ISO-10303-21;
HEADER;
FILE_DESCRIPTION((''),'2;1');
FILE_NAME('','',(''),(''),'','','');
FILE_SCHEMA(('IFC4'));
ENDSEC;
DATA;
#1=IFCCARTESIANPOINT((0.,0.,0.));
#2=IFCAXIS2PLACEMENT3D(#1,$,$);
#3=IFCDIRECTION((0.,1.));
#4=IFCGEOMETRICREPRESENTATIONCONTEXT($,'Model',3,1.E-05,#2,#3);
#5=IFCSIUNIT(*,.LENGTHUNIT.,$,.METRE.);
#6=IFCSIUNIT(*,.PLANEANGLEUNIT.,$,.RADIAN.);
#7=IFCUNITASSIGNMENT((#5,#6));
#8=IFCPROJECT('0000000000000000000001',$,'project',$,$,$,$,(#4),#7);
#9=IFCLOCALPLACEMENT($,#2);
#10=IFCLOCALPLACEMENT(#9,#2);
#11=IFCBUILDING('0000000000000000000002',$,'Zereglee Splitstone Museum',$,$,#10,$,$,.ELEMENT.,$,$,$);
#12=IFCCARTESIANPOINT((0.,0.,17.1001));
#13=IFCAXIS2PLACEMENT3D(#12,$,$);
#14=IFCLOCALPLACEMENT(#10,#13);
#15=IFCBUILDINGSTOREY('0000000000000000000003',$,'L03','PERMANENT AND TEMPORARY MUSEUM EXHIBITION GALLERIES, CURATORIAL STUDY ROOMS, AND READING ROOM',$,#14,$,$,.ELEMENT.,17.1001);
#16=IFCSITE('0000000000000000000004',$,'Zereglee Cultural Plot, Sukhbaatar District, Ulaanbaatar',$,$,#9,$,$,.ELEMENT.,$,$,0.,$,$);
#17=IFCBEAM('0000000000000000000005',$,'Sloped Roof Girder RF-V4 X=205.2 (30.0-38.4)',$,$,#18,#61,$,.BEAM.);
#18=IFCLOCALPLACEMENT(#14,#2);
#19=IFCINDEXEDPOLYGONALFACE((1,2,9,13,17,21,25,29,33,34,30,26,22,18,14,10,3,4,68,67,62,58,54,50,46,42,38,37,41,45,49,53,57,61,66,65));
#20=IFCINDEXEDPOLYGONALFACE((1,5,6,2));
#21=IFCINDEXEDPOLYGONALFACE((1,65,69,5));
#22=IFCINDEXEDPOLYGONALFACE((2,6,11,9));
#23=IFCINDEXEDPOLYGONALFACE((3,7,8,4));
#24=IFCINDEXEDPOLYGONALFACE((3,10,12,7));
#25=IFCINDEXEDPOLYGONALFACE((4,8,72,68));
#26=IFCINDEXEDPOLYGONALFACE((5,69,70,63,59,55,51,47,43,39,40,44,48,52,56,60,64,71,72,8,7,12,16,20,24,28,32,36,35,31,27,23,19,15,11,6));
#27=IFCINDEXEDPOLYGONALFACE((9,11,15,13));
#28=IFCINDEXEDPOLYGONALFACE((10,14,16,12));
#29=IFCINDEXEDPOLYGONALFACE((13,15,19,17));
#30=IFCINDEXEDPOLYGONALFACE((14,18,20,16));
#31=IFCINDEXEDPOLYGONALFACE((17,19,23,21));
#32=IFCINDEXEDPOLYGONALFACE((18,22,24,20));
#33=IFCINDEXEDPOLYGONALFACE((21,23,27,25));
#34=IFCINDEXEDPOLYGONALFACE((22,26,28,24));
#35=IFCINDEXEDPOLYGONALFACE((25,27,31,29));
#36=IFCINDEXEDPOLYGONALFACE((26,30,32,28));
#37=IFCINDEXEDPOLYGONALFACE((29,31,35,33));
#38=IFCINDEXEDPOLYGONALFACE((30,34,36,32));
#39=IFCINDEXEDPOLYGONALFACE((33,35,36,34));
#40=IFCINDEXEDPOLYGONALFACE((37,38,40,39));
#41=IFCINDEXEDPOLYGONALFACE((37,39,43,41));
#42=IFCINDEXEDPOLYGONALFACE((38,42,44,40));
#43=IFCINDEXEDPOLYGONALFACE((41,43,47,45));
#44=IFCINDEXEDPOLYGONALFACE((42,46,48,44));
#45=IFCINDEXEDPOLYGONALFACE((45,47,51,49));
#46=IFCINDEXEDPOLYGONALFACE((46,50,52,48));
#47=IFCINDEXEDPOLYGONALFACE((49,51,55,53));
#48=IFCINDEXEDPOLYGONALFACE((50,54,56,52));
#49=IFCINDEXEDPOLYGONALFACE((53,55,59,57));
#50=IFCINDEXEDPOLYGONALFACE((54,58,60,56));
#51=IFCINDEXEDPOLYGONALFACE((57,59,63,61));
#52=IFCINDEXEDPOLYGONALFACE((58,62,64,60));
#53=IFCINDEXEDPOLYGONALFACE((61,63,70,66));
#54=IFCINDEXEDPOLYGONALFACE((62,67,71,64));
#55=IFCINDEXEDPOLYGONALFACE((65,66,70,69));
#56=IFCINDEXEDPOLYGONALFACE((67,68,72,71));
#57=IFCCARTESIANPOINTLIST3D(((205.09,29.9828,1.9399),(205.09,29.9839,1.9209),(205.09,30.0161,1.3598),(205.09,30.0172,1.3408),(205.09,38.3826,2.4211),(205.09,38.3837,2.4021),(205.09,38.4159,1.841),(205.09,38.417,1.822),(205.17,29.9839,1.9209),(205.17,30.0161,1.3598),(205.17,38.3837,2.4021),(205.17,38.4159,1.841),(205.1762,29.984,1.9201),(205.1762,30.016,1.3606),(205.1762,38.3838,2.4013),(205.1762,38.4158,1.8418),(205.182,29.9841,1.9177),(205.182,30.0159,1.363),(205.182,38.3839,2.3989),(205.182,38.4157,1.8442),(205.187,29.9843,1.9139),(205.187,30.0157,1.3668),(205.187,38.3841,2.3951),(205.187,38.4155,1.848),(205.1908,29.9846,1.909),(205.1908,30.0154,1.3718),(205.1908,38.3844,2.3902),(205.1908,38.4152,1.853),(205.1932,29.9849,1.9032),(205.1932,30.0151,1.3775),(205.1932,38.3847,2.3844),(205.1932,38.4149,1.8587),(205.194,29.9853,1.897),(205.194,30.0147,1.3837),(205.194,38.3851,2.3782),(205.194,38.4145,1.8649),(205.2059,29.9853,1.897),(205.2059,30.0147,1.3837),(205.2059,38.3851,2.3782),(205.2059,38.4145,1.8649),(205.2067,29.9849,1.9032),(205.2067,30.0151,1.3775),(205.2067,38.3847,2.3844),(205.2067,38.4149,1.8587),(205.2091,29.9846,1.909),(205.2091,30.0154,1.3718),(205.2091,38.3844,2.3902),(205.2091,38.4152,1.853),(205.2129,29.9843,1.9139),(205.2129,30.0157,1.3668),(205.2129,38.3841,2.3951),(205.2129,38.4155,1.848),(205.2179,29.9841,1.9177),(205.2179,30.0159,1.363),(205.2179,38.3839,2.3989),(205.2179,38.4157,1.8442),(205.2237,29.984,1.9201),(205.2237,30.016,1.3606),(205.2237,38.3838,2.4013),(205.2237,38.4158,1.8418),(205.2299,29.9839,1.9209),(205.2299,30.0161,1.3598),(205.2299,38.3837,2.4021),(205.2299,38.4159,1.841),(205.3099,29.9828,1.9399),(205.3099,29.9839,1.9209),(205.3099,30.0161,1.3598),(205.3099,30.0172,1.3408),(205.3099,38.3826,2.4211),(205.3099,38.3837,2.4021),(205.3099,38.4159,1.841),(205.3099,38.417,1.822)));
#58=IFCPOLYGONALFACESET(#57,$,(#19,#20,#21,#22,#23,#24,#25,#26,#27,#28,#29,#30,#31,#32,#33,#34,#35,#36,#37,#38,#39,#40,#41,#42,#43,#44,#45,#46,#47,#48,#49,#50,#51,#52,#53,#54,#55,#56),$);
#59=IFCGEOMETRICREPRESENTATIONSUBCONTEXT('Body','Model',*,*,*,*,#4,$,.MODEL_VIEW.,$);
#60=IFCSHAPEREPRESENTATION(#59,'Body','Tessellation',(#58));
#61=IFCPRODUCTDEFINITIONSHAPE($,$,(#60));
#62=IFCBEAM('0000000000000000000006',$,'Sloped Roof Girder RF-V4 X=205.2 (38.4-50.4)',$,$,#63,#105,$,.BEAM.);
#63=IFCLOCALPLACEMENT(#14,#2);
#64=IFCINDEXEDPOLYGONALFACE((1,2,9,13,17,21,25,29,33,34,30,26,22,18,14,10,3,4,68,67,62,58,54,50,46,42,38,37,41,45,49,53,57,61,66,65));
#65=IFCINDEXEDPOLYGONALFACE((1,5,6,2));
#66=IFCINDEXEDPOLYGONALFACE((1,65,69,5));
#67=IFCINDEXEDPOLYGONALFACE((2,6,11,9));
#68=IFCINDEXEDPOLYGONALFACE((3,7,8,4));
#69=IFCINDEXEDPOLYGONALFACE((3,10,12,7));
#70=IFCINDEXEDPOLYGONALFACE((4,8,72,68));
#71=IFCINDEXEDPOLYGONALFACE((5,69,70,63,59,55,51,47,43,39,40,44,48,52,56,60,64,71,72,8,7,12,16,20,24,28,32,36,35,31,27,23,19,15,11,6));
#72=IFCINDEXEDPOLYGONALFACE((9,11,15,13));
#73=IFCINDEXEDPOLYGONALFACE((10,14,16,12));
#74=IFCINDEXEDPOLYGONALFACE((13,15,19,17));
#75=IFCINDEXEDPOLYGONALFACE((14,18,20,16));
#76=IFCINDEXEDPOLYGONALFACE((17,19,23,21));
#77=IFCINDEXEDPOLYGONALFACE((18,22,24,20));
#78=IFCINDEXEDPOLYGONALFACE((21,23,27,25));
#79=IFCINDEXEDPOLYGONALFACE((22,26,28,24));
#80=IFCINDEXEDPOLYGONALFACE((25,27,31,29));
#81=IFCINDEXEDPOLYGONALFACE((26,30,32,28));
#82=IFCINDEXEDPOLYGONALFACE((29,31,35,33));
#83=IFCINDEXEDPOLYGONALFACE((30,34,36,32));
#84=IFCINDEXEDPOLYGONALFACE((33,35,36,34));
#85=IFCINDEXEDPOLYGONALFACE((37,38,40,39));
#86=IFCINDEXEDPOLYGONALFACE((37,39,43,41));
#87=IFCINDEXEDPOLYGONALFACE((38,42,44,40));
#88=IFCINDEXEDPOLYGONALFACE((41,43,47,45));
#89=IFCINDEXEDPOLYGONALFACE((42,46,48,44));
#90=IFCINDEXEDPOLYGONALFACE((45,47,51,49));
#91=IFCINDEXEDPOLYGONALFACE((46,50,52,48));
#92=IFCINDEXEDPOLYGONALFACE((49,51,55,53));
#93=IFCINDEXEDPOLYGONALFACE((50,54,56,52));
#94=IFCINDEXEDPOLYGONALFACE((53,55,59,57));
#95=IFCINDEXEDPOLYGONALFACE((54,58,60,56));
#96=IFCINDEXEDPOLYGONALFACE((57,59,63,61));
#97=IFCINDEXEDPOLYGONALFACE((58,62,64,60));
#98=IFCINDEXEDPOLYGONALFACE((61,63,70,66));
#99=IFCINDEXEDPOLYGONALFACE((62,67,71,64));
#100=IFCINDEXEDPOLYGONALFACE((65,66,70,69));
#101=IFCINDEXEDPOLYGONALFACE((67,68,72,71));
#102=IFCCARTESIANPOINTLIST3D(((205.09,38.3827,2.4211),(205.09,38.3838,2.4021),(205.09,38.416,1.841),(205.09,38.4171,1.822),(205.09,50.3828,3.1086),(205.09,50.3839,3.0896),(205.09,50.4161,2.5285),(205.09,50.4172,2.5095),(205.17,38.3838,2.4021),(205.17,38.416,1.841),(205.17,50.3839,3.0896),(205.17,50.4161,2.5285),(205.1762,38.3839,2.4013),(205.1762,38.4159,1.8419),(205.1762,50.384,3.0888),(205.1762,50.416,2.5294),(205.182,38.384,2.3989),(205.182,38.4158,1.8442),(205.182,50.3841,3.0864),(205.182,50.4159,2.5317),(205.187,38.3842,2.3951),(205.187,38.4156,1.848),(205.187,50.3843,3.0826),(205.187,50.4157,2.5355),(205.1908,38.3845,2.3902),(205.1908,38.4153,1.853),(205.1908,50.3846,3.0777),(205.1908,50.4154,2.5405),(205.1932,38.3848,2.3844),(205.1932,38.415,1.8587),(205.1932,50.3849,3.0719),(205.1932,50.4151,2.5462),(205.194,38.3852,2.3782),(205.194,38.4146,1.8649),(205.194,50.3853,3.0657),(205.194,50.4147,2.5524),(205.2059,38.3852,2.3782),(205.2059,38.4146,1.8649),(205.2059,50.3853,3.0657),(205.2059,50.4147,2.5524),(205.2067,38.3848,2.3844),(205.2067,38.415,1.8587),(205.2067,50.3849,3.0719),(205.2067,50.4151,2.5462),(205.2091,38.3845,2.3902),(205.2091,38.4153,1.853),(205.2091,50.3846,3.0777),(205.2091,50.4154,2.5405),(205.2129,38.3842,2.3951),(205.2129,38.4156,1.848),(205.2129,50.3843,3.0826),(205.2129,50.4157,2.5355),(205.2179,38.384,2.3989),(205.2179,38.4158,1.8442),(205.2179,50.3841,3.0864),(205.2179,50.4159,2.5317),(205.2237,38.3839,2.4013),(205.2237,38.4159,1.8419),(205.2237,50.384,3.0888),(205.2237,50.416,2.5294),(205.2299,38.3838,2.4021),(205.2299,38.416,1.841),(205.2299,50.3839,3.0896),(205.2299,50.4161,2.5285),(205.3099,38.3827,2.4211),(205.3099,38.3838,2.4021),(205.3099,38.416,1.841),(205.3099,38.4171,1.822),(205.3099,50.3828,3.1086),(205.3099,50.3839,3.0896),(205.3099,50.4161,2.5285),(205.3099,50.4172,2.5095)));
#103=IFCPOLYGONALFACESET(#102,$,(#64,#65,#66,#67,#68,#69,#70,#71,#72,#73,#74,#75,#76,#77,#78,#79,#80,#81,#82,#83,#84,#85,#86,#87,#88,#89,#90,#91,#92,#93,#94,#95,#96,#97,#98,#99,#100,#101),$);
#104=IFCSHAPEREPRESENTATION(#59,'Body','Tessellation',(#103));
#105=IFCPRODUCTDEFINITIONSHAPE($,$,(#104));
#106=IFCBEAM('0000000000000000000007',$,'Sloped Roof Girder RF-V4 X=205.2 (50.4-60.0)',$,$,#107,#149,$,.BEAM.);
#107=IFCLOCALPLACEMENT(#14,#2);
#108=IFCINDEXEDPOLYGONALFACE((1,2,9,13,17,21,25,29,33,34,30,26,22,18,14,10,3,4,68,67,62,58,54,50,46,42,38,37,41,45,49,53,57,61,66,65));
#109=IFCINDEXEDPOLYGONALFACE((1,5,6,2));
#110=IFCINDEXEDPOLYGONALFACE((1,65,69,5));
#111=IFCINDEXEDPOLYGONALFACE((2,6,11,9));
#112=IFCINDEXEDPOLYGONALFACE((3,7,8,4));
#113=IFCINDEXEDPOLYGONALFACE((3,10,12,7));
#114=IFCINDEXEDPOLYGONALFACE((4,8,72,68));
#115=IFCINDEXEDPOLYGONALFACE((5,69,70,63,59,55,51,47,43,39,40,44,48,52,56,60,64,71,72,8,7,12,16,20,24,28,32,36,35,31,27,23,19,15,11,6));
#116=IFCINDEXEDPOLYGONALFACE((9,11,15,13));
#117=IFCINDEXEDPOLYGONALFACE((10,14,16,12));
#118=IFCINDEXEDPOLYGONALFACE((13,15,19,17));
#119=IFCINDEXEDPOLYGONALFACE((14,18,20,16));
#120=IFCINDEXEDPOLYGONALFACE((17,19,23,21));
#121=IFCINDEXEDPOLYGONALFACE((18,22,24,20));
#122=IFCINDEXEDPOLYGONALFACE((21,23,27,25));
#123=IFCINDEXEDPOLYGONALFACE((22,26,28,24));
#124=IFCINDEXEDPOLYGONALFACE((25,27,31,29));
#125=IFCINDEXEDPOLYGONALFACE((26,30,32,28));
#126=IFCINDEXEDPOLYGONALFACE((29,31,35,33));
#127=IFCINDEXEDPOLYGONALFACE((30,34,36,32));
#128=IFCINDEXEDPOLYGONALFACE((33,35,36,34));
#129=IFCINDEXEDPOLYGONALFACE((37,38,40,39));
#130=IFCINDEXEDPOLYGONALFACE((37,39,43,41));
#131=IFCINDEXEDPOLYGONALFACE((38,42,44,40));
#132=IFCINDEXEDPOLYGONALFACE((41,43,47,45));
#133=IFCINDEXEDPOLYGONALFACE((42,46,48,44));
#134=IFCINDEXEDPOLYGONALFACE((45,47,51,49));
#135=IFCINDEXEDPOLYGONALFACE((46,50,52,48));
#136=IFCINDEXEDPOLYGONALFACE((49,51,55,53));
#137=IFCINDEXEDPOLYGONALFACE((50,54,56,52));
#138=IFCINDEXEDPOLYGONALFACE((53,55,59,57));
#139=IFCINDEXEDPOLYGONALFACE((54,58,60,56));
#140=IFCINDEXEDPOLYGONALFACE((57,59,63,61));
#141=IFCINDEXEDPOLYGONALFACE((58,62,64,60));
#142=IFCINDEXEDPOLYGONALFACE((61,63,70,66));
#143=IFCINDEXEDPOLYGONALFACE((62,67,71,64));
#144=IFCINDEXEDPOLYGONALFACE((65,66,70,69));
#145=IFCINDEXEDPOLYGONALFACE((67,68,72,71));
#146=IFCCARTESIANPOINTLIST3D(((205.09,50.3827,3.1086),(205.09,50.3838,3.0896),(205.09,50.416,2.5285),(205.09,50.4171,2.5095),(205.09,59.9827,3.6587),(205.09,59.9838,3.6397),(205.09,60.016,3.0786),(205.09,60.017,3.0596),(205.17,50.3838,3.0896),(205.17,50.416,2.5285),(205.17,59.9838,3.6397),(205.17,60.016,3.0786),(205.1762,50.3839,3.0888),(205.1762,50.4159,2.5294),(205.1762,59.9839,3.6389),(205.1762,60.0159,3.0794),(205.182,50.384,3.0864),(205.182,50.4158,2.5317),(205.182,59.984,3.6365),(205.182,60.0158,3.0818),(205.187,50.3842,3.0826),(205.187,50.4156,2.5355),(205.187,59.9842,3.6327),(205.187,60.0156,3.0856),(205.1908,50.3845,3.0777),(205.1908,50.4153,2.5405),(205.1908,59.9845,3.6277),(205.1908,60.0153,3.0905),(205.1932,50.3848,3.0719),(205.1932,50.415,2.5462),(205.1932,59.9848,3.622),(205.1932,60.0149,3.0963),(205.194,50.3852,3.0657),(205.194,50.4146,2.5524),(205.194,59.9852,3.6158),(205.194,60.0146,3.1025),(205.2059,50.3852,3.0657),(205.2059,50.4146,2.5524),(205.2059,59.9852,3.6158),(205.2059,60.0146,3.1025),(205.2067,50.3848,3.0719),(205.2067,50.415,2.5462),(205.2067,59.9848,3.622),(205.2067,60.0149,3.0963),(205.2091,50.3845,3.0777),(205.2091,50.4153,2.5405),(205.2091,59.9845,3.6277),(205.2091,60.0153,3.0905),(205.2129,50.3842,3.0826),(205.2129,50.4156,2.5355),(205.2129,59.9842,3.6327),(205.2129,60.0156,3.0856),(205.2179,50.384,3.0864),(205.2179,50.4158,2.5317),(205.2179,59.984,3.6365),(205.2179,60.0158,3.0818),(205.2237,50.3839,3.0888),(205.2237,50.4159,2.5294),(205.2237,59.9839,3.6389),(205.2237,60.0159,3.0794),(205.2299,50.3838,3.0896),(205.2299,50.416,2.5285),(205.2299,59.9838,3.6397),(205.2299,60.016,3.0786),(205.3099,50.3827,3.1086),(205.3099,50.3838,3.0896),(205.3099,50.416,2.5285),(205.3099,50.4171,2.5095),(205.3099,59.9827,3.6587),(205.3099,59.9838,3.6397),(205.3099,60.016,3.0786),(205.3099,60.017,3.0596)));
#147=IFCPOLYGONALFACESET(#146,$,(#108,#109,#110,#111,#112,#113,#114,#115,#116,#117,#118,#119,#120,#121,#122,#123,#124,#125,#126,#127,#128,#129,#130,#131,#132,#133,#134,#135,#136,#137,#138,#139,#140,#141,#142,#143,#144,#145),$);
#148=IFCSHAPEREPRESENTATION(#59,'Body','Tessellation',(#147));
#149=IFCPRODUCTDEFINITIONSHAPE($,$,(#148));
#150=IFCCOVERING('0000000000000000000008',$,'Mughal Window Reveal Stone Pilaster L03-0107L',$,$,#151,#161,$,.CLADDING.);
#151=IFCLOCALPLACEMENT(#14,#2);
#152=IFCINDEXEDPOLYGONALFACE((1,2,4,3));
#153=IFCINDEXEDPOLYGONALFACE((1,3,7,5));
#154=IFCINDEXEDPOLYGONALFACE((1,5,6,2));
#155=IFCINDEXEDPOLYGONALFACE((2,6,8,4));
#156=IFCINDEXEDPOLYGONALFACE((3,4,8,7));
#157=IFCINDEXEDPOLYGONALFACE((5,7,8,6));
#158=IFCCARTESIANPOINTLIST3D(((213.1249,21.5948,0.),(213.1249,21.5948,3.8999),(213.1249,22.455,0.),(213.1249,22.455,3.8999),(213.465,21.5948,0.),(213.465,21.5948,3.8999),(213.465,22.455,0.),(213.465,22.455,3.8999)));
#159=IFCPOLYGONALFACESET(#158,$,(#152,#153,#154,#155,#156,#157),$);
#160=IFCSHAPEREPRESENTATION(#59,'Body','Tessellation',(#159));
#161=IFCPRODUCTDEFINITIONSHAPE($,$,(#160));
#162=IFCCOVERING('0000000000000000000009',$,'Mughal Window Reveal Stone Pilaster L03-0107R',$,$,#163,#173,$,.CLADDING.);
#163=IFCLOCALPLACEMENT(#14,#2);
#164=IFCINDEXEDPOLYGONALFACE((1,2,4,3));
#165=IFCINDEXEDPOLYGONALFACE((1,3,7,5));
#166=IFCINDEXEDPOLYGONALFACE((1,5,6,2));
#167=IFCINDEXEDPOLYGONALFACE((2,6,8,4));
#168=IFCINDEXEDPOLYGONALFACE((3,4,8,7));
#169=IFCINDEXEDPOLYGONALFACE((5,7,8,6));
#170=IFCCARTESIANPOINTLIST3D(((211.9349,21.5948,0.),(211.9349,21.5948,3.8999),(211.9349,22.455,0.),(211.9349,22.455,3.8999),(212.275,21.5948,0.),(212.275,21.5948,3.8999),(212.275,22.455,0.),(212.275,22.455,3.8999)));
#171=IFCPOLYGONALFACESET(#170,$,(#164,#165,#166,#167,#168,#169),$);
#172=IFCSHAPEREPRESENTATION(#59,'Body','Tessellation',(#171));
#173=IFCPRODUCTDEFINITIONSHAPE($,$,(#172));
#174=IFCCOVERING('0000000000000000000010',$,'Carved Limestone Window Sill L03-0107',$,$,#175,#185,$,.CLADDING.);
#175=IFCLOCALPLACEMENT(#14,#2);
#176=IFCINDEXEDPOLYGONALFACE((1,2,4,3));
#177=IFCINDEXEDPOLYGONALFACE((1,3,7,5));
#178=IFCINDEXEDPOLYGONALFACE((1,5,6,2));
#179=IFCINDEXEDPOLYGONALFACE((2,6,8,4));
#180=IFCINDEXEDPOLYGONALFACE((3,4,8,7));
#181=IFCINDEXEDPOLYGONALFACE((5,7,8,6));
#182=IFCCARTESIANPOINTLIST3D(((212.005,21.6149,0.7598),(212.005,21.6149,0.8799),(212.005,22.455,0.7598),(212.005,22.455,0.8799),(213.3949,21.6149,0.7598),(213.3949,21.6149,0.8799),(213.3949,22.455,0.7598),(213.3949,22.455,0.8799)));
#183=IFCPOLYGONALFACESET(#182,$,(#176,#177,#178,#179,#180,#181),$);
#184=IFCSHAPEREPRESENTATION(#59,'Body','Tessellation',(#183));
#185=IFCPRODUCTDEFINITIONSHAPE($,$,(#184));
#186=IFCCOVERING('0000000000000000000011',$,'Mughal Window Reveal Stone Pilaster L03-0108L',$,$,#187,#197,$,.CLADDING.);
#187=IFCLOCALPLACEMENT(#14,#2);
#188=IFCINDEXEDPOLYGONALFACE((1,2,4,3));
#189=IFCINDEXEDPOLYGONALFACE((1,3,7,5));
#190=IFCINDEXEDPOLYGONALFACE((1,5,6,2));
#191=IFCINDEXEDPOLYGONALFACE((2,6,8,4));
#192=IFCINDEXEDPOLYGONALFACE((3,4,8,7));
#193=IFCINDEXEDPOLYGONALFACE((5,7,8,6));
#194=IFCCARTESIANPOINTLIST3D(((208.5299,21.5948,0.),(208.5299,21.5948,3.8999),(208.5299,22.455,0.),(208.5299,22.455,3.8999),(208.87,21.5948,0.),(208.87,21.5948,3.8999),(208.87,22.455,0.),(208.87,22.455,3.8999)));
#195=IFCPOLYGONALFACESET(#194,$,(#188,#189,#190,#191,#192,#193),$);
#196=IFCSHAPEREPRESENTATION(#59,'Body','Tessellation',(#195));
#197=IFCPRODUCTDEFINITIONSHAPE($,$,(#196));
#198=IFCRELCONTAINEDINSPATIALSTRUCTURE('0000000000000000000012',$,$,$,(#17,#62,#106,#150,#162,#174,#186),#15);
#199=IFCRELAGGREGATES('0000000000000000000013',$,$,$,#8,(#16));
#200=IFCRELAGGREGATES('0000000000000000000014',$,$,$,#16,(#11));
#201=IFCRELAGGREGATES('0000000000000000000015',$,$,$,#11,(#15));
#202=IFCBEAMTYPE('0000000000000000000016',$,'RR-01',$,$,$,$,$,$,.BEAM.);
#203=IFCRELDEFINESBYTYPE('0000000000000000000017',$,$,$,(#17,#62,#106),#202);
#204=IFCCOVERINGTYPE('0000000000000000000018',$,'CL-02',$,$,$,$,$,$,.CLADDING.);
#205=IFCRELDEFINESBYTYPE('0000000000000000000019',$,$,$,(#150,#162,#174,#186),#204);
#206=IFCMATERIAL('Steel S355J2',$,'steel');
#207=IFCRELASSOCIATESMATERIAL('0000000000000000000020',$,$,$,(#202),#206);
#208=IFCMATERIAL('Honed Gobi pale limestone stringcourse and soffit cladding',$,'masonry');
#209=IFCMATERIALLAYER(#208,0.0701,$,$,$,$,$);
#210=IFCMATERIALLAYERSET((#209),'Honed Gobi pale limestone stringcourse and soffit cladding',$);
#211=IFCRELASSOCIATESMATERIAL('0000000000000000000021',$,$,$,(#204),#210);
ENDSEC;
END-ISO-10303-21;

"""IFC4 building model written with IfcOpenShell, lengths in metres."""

from ifc_helpers import new_model, si_unit, direction, frame, origin, origin_2d, place, context, subcontext, project, spatial, rectangle, i_section, extrude, material, layer, layer_set, material_profile, profile_set, type_object, element, save


model = new_model("IFC4")

# Units and contexts
model_context = context("Model", 3, precision=1e-05, world=origin(), true_north=direction((0.0, 1.0)))
body_context = subcontext(model_context, "Body", "Model", "MODEL_VIEW")
ifc_project = project(units=[si_unit("LENGTHUNIT", "METRE"), si_unit("PLANEANGLEUNIT", "RADIAN")], contexts=[model_context])

# Site, building, storey
site_placement = place(None, origin())
site = spatial("IfcSite", under=ifc_project, at=site_placement, Name="Zereglee Cultural Plot, Sukhbaatar District, Ulaanbaatar", CompositionType="ELEMENT", RefElevation=0.0)
building_placement = place(site_placement, origin())
building = spatial("IfcBuilding", under=site, at=building_placement, Name="Zereglee Splitstone Museum", CompositionType="ELEMENT")
storey_placement = place(building_placement, frame((0.0, 0.0, 17.1001)))
storey = spatial("IfcBuildingStorey", under=building, at=storey_placement, Name="L03", Description="PERMANENT AND TEMPORARY MUSEUM EXHIBITION GALLERIES, CURATORIAL STUDY ROOMS, AND READING ROOM", CompositionType="ELEMENT", Elevation=17.1001)

# Shared definitions
ifc_material_1 = material(Name="Steel S355J2", Category="steel")

# Beams
ifc_material_profile_1 = material_profile(ifc_material_1, i_section(OverallWidth=0.22, OverallDepth=0.6001, WebThickness=0.012, FlangeThickness=0.019, FilletRadius=0.0239, at=origin_2d()), Name="IPE 600")
ifc_profile_set_1 = profile_set([ifc_material_profile_1], Name="Steel S355J2")
beam_type = type_object("IfcBeamType", Name="RR-01", PredefinedType="BEAM", material=ifc_profile_set_1)
beam_1_placement = place(storey_placement, frame((205.2, 30.0, 1.6404), z_axis=(0.0, 0.998363, 0.057193), x_axis=(-1.0, 0.0, 0.0)))
element("IfcBeam", 1, at=beam_1_placement, inside=storey, type_object=beam_type, Name="Sloped Roof Girder RF-V4 X=205.2 (30.0-38.4)", PredefinedType="BEAM", context=body_context, shape_type="SweptSolid", body=[
    extrude(i_section(OverallWidth=0.22, OverallDepth=0.6001, WebThickness=0.012, FlangeThickness=0.019, FilletRadius=0.0239, at=origin_2d()), origin(), (0.0, 0.0, 1.0), 8.4136),
])
beam_2_placement = place(storey_placement, frame((205.2, 38.3999, 2.1216), z_axis=(0.0, 0.998363, 0.057198), x_axis=(-1.0, 0.0, 0.0)))
element("IfcBeam", 2, at=beam_2_placement, inside=storey, type_object=beam_type, Name="Sloped Roof Girder RF-V4 X=205.2 (38.4-50.4)", PredefinedType="BEAM", context=body_context, shape_type="SweptSolid", body=[
    extrude(i_section(OverallWidth=0.22, OverallDepth=0.6001, WebThickness=0.012, FlangeThickness=0.019, FilletRadius=0.0239, at=origin_2d()), origin(), (0.0, 0.0, 1.0), 12.0198),
])
beam_3_placement = place(storey_placement, frame((205.2, 50.3999, 2.8091), z_axis=(0.0, 0.998363, 0.057202), x_axis=(-1.0, 0.0, 0.0)))
element("IfcBeam", 3, at=beam_3_placement, inside=storey, type_object=beam_type, Name="Sloped Roof Girder RF-V4 X=205.2 (50.4-60.0)", PredefinedType="BEAM", context=body_context, shape_type="SweptSolid", body=[
    extrude(i_section(OverallWidth=0.22, OverallDepth=0.6001, WebThickness=0.012, FlangeThickness=0.019, FilletRadius=0.0239, at=origin_2d()), origin(), (0.0, 0.0, 1.0), 9.6157),
])

# Coverings
ifc_material_2 = material(Name="Honed Gobi pale limestone stringcourse and soffit cladding", Category="masonry")
ifc_layer_1 = layer(ifc_material_2, 0.0701)
ifc_layer_set_1 = layer_set([ifc_layer_1], Name="Honed Gobi pale limestone stringcourse and soffit cladding")
covering_type_1 = type_object("IfcCoveringType", Name="CL-02", PredefinedType="CLADDING", material=ifc_layer_set_1)
for number, where, z_axis, x_axis, name in (
    (4, (213.2949, 22.0249, 0.0), (0.0, 0.0, 1.0), (-1.0, 0.0, 0.0), "Mughal Window Reveal Stone Pilaster L03-0107L"),
    (5, (212.105, 22.0249, 0.0), (0.0, 0.0, 1.0), (-1.0, 0.0, 0.0), "Mughal Window Reveal Stone Pilaster L03-0107R"),
):
    element("IfcCovering", number, at=place(storey_placement, frame(where, z_axis=z_axis, x_axis=x_axis)), inside=storey, type_object=covering_type_1, Name=name, PredefinedType="CLADDING", context=body_context, shape_type="SweptSolid", body=[
        extrude(rectangle(XDim=0.3401, YDim=0.8601, at=origin_2d()), origin(), (0.0, 0.0, 1.0), 3.8999),
    ])
covering_1_placement = place(storey_placement, frame((212.7, 22.0349, 0.7598), z_axis=(0.0, 0.0, 1.0), x_axis=(-1.0, 0.0, 0.0)))
element("IfcCovering", 6, at=covering_1_placement, inside=storey, type_object=covering_type_1, Name="Carved Limestone Window Sill L03-0107", PredefinedType="CLADDING", context=body_context, shape_type="SweptSolid", body=[
    extrude(rectangle(XDim=1.3899, YDim=0.8401, at=origin_2d()), origin(), (0.0, 0.0, 1.0), 0.1201),
])
for number, where, z_axis, x_axis, name in (
    (7, (208.7, 22.0249, 0.0), (0.0, 0.0, 1.0), (-1.0, 0.0, 0.0), "Mughal Window Reveal Stone Pilaster L03-0108L"),
):
    element("IfcCovering", number, at=place(storey_placement, frame(where, z_axis=z_axis, x_axis=x_axis)), inside=storey, type_object=covering_type_1, Name=name, PredefinedType="CLADDING", context=body_context, shape_type="SweptSolid", body=[
        extrude(rectangle(XDim=0.3401, YDim=0.8601, at=origin_2d()), origin(), (0.0, 0.0, 1.0), 3.8999),
    ])

save(model, "model.ifc")
